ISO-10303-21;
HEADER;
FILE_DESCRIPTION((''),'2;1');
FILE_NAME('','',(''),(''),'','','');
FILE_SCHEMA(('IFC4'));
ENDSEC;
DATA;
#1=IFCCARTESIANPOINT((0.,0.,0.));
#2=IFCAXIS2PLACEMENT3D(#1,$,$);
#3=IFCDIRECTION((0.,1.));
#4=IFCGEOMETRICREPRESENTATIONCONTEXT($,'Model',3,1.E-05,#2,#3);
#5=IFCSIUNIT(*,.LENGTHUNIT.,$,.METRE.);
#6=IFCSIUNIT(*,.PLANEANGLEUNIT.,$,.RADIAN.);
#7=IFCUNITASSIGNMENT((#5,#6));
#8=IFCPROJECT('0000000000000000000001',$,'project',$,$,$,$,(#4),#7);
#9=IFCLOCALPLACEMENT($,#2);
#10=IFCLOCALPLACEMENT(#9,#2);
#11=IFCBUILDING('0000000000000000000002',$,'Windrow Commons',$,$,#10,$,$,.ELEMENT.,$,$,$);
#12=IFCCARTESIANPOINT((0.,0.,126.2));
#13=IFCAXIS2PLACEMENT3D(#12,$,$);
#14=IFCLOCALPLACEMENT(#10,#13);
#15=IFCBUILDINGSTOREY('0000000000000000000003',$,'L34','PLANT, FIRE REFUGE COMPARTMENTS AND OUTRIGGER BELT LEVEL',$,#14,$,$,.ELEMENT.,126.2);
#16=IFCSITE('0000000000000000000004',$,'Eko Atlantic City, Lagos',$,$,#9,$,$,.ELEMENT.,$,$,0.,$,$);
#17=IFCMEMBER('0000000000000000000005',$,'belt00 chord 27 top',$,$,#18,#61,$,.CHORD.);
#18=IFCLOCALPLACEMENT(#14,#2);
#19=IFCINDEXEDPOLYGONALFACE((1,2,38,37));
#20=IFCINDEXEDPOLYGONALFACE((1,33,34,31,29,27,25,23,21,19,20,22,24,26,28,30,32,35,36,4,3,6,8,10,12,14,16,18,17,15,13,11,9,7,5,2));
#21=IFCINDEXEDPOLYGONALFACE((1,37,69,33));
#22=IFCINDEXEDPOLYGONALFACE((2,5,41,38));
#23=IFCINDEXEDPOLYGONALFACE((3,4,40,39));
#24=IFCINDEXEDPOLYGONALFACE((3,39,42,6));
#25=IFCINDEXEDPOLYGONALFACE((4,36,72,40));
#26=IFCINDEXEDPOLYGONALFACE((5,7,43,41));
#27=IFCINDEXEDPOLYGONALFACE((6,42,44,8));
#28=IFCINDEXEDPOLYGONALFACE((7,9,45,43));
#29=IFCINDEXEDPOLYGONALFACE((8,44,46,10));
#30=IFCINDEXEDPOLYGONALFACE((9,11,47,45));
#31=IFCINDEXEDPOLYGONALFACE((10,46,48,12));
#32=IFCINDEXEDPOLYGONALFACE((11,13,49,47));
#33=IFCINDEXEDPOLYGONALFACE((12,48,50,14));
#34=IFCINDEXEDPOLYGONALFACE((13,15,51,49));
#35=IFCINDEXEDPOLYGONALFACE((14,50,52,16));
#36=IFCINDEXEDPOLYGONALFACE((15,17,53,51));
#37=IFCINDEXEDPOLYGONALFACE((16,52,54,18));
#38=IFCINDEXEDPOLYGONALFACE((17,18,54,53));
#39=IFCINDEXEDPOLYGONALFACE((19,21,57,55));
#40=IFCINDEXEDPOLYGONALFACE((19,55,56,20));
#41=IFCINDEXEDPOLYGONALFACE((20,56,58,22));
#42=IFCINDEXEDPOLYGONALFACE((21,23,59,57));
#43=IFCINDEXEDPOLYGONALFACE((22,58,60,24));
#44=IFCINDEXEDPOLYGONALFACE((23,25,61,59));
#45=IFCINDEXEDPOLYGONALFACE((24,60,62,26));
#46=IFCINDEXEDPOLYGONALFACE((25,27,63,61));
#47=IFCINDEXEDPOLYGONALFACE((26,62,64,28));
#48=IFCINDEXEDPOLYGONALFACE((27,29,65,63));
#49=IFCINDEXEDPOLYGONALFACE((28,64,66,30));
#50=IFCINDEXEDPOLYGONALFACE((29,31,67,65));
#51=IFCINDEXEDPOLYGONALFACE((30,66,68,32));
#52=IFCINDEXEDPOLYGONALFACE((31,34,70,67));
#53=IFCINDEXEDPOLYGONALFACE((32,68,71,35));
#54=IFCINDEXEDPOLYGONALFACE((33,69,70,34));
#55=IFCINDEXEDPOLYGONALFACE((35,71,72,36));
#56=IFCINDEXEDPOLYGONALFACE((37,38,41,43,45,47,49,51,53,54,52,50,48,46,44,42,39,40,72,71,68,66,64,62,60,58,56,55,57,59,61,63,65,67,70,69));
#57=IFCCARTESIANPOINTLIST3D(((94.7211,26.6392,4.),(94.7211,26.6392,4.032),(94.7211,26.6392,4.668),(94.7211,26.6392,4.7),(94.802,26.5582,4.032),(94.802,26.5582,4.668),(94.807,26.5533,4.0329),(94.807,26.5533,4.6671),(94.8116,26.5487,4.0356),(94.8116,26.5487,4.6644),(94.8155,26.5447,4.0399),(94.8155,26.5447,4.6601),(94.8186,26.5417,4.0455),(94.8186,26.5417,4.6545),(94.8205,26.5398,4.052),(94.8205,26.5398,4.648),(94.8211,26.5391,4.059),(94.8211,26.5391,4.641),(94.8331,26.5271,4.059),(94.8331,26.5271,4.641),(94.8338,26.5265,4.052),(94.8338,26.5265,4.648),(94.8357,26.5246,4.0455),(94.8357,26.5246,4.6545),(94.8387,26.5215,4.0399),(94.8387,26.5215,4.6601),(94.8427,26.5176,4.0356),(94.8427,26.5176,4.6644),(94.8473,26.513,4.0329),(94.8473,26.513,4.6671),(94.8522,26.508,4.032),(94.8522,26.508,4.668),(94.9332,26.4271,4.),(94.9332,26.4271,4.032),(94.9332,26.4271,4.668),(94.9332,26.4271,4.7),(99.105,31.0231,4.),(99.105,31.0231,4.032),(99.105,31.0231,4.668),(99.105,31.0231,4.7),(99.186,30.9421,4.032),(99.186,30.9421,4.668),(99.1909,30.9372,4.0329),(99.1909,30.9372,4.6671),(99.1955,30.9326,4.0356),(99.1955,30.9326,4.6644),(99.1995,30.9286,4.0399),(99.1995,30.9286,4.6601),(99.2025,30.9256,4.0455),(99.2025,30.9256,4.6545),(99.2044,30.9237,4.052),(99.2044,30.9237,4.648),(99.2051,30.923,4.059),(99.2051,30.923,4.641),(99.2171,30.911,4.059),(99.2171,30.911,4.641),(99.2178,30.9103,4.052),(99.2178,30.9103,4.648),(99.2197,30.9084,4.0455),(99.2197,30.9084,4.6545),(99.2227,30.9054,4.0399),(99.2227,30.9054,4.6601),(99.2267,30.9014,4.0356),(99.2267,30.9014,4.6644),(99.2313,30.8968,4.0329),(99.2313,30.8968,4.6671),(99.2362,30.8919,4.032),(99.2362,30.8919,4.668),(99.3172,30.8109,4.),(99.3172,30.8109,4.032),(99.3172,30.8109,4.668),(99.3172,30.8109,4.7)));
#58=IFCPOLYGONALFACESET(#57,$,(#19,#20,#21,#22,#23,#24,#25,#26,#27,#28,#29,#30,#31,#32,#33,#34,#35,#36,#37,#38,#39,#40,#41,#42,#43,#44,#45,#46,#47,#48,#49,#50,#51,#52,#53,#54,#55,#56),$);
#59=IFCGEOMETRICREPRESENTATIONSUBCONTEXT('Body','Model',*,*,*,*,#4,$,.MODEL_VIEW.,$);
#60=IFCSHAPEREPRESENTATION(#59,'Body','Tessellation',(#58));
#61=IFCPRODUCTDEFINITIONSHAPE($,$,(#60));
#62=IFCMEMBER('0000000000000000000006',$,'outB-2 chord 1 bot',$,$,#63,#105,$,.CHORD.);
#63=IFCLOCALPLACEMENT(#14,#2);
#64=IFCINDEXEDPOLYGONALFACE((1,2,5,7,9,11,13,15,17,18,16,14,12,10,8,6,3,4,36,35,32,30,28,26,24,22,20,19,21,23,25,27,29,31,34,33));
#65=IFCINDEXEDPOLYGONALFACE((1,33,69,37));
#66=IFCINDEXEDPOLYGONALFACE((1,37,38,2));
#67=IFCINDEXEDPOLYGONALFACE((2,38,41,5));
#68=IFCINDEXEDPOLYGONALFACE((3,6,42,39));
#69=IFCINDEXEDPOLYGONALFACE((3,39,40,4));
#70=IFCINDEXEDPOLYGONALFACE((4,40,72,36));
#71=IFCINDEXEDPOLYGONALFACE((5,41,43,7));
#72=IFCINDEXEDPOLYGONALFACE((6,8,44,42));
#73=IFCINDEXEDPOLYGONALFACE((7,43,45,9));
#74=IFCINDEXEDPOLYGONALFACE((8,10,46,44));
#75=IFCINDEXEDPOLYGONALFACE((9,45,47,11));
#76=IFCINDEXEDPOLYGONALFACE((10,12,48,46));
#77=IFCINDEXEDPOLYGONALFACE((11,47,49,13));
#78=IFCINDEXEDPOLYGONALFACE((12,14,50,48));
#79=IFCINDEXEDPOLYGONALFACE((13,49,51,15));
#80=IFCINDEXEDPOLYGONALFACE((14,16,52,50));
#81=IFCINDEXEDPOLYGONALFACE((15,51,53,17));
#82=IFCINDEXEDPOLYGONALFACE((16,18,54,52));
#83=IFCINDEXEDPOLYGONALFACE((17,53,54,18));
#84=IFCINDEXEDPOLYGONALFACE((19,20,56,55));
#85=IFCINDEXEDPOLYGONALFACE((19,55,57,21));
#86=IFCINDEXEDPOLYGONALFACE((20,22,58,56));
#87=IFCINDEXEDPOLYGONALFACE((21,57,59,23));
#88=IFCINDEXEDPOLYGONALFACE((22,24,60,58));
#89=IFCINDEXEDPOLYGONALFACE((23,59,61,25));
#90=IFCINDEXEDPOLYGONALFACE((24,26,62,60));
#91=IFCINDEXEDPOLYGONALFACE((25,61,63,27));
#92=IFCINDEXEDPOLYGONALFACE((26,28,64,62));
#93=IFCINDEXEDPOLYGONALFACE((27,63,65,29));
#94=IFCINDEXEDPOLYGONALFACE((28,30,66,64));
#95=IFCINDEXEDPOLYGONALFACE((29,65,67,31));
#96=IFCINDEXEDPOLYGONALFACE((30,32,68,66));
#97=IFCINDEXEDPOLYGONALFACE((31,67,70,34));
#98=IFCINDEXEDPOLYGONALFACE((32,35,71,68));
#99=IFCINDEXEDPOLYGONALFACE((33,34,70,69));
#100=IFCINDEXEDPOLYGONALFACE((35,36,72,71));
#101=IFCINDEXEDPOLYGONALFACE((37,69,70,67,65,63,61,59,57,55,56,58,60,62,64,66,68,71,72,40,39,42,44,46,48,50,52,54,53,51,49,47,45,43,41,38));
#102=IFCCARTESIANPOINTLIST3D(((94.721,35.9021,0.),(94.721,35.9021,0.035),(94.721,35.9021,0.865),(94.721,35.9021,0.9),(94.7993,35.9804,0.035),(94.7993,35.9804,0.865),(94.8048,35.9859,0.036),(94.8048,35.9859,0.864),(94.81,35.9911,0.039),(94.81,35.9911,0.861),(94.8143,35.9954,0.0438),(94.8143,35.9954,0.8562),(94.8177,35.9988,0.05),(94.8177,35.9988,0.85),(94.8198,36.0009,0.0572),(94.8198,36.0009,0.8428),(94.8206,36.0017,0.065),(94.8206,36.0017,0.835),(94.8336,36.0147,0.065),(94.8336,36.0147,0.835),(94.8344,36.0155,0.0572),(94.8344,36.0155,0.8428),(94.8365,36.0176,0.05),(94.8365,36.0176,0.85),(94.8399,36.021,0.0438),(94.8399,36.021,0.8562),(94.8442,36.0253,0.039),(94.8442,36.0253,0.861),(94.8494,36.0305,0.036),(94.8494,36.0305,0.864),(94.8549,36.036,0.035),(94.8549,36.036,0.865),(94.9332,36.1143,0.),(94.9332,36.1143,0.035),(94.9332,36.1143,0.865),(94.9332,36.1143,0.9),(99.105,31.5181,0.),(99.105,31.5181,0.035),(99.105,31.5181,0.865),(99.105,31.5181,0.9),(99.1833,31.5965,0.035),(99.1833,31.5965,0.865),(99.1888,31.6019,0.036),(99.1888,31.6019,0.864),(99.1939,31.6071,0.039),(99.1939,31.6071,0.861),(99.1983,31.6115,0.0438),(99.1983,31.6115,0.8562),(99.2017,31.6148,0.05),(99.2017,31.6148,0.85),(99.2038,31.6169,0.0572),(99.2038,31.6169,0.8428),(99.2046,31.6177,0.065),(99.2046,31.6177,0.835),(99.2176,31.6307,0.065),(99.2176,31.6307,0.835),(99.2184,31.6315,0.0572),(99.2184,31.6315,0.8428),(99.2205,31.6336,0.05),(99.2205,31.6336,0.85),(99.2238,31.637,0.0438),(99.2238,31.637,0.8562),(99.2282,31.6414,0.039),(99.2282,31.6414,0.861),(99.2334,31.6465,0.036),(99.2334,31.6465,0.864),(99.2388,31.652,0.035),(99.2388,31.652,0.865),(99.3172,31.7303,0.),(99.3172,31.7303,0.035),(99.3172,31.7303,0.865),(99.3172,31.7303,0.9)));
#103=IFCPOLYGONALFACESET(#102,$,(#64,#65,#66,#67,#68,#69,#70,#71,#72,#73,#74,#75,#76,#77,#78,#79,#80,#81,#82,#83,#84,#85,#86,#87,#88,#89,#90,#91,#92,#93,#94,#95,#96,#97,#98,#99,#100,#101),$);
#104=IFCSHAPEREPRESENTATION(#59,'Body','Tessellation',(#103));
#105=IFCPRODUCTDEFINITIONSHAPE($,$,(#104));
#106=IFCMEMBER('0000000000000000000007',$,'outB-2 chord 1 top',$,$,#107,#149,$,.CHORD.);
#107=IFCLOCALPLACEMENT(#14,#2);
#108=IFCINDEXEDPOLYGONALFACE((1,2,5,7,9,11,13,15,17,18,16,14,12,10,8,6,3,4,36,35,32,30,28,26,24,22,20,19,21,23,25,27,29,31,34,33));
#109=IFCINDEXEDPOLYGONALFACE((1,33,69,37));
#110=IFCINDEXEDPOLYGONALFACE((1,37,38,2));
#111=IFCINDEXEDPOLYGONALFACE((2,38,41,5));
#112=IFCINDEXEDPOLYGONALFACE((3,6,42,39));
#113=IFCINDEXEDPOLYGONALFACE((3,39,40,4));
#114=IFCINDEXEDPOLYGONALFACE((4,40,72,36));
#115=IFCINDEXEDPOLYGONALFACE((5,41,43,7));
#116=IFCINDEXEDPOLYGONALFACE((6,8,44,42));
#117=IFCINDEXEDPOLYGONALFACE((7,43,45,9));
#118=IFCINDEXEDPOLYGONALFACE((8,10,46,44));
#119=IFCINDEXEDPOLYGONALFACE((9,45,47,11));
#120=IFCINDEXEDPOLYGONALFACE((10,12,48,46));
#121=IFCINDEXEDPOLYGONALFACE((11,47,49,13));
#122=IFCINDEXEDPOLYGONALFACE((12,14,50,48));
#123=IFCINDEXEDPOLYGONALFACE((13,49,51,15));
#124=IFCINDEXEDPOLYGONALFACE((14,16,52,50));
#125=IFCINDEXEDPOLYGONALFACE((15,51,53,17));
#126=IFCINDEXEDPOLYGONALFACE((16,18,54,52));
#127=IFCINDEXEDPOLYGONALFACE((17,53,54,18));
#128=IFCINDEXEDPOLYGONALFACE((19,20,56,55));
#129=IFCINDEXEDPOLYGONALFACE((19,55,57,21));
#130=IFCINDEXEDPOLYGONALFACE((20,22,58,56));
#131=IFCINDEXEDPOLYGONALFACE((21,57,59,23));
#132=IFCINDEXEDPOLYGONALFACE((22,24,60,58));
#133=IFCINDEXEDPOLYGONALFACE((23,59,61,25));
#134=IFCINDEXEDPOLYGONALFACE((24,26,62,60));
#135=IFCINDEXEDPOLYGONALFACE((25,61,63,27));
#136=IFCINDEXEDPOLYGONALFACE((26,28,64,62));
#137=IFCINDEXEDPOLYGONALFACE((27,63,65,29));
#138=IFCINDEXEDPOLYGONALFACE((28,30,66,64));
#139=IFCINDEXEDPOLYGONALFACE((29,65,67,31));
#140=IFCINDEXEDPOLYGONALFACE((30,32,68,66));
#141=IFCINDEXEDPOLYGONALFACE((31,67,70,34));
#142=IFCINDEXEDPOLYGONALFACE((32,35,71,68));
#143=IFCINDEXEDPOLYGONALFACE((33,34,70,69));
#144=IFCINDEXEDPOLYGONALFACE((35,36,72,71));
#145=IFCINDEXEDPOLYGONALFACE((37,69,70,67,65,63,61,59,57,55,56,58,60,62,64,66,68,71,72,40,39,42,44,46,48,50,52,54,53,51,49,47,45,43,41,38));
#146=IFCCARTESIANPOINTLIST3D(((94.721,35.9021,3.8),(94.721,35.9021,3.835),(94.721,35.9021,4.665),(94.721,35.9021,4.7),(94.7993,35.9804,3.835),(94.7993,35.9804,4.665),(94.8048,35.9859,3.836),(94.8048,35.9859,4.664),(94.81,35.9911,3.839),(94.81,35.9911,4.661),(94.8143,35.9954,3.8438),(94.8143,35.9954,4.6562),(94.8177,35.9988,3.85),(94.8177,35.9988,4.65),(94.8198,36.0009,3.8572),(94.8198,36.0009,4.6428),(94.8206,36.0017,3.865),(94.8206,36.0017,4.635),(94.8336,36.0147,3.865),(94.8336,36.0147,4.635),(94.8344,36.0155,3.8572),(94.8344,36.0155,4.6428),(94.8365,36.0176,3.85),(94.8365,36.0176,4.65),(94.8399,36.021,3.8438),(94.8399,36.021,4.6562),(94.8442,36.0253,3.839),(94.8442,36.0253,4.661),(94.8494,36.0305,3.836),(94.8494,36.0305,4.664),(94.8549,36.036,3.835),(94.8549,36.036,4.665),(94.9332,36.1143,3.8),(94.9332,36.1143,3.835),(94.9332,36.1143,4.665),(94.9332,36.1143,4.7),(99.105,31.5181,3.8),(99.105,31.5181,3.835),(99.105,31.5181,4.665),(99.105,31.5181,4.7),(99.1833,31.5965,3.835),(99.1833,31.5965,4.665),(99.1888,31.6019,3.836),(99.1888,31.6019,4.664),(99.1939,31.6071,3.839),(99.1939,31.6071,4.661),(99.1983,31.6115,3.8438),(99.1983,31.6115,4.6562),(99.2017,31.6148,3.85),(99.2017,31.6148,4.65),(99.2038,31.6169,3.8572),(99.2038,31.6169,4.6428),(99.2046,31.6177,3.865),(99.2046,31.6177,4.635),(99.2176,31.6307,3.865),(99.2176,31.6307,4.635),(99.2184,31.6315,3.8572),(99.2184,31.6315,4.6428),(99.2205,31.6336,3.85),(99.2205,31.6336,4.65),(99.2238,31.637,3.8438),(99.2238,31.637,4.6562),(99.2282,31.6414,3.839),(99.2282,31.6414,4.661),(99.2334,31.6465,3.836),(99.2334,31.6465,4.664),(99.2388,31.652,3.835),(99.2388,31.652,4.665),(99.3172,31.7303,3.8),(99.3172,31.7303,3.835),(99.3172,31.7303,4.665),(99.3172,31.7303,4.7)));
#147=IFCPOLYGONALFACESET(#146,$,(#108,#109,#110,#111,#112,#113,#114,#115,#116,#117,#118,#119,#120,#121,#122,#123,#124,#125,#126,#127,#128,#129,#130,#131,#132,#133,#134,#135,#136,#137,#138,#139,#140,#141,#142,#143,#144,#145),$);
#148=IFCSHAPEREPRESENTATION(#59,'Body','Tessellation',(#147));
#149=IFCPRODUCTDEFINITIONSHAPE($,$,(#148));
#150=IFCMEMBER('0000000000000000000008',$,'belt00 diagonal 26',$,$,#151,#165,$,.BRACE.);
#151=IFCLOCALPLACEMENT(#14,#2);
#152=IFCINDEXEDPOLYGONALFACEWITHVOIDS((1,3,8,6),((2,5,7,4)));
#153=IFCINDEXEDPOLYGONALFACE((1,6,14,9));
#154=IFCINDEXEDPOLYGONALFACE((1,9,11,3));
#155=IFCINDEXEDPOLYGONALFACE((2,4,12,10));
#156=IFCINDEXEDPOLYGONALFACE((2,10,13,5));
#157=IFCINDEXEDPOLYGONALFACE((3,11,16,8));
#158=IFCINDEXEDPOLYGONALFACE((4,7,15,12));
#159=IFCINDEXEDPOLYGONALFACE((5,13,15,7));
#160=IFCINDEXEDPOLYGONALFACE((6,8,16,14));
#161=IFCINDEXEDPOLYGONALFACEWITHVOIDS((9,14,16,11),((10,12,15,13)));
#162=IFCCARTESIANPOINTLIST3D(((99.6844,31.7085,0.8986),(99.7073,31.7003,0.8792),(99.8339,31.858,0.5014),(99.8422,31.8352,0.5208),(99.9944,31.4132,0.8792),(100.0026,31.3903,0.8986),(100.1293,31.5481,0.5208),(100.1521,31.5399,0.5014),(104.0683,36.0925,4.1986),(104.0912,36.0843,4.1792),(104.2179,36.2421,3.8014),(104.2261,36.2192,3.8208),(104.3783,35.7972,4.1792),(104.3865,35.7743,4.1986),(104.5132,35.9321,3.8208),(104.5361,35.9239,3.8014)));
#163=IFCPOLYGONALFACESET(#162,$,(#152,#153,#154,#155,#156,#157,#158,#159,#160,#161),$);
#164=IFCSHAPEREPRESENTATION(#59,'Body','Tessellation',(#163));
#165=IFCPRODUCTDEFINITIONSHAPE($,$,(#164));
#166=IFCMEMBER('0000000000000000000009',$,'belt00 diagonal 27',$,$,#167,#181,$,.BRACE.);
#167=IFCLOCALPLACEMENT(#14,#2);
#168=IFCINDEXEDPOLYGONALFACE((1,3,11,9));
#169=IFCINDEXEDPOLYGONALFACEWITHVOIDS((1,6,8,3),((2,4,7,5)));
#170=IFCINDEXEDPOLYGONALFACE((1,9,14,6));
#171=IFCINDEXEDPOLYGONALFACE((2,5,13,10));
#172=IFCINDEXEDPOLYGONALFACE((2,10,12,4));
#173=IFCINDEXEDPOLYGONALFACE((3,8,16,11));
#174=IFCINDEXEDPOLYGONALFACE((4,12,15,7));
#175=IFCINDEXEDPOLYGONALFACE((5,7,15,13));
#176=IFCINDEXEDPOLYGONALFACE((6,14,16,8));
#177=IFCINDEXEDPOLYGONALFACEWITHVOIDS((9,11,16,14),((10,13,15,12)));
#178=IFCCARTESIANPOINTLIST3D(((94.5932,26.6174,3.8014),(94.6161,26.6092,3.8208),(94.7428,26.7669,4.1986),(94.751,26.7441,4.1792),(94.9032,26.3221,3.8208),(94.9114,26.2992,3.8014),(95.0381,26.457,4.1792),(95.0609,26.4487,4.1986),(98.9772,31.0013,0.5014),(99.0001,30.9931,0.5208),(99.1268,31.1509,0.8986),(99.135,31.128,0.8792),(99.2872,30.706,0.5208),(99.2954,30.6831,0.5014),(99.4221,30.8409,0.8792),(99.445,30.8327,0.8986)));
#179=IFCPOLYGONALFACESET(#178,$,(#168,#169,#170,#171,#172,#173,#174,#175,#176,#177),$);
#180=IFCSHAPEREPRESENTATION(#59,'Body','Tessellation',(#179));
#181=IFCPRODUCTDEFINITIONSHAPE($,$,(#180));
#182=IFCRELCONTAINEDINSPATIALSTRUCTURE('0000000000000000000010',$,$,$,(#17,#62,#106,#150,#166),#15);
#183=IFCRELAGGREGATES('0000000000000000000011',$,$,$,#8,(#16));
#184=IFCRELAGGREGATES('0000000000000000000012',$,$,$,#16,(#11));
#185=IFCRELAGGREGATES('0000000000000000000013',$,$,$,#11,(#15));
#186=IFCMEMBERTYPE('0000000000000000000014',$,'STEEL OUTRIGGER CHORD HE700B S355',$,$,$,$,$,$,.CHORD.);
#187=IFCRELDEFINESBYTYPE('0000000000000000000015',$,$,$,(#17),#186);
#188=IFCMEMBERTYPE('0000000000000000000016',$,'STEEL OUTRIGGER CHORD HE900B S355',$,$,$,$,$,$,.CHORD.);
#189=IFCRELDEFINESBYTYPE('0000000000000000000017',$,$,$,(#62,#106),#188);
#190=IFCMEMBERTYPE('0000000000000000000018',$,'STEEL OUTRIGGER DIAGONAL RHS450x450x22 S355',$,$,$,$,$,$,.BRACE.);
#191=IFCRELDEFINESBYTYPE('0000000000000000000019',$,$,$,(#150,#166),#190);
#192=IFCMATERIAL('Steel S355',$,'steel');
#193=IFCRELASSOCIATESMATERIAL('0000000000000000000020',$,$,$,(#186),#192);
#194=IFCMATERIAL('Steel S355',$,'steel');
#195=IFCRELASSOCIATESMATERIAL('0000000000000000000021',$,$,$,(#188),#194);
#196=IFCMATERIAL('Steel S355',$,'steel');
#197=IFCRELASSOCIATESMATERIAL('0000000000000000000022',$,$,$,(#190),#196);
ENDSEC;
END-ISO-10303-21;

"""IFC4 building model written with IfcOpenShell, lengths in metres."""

from ifc_helpers import new_model, si_unit, direction, frame, origin, origin_2d, place, context, subcontext, project, spatial, hollow_rectangle, i_section, extrude, material, material_profile, profile_set, type_object, element, save


model = new_model("IFC4")

# Units and contexts
model_context = context("Model", 3, precision=1e-05, world=origin(), true_north=direction((0.0, 1.0)))
body_context = subcontext(model_context, "Body", "Model", "MODEL_VIEW")
ifc_project = project(units=[si_unit("LENGTHUNIT", "METRE"), si_unit("PLANEANGLEUNIT", "RADIAN")], contexts=[model_context])

# Site, building, storey
site_placement = place(None, origin())
site = spatial("IfcSite", under=ifc_project, at=site_placement, Name="Eko Atlantic City, Lagos", CompositionType="ELEMENT", RefElevation=0.0)
building_placement = place(site_placement, origin())
building = spatial("IfcBuilding", under=site, at=building_placement, Name="Windrow Commons", CompositionType="ELEMENT")
storey_placement = place(building_placement, frame((0.0, 0.0, 126.2)))
storey = spatial("IfcBuildingStorey", under=building, at=storey_placement, Name="L34", Description="PLANT, FIRE REFUGE COMPARTMENTS AND OUTRIGGER BELT LEVEL", CompositionType="ELEMENT", Elevation=126.2)

# Members
ifc_material_1 = material(Name="Steel S355", Category="steel")
ifc_material_profile_1 = material_profile(ifc_material_1, i_section(OverallWidth=0.3, OverallDepth=0.7, WebThickness=0.017, FlangeThickness=0.032, FilletRadius=0.027, at=origin_2d()))
ifc_profile_set_1 = profile_set([ifc_material_profile_1], Name="Steel S355")
member_type_1 = type_object("IfcMemberType", Name="STEEL OUTRIGGER CHORD HE700B S355", PredefinedType="CHORD", material=ifc_profile_set_1)
for number, where, z_axis, x_axis, name in (
    (1, (99.2111, 30.917, 4.35), (-0.707115, -0.707099, 0.0), (0.707099, -0.707115, 0.0), "belt00 chord 27 top"),
):
    element("IfcMember", number, at=place(storey_placement, frame(where, z_axis=z_axis, x_axis=x_axis)), inside=storey, type_object=member_type_1, Name=name, PredefinedType="CHORD", context=body_context, shape_type="SweptSolid", body=[
        extrude(i_section(OverallWidth=0.3, OverallDepth=0.7, WebThickness=0.017, FlangeThickness=0.032, FilletRadius=0.027, at=origin_2d()), origin(), (0.0, 0.0, 1.0), 6.1998),
    ])
ifc_material_2 = material(Name="Steel S355", Category="steel")
ifc_material_profile_2 = material_profile(ifc_material_2, i_section(OverallWidth=0.3, OverallDepth=0.9, WebThickness=0.0185, FlangeThickness=0.035, FilletRadius=0.03, at=origin_2d()))
ifc_profile_set_2 = profile_set([ifc_material_profile_2], Name="Steel S355")
member_type_2 = type_object("IfcMemberType", Name="STEEL OUTRIGGER CHORD HE900B S355", PredefinedType="CHORD", material=ifc_profile_set_2)
for number, where, z_axis, x_axis, name in (
    (2, (94.8271, 36.0082, 0.45), (0.707107, -0.707107, 0.0), (0.707107, 0.707107, 0.0), "outB-2 chord 1 bot"),
    (3, (94.8271, 36.0082, 4.25), (0.707107, -0.707107, 0.0), (0.707107, 0.707107, 0.0), "outB-2 chord 1 top"),
):
    element("IfcMember", number, at=place(storey_placement, frame(where, z_axis=z_axis, x_axis=x_axis)), inside=storey, type_object=member_type_2, Name=name, PredefinedType="CHORD", context=body_context, shape_type="SweptSolid", body=[
        extrude(i_section(OverallWidth=0.3, OverallDepth=0.9, WebThickness=0.0185, FlangeThickness=0.035, FilletRadius=0.03, at=origin_2d()), origin(), (0.0, 0.0, 1.0), 6.1999),
    ])
ifc_material_3 = material(Name="Steel S355", Category="steel")
ifc_material_profile_3 = material_profile(ifc_material_3, hollow_rectangle(XDim=0.45, YDim=0.45, WallThickness=0.022, at=origin_2d()))
ifc_profile_set_3 = profile_set([ifc_material_profile_3], Name="Steel S355")
member_type_3 = type_object("IfcMemberType", Name="STEEL OUTRIGGER DIAGONAL RHS450x450x22 S355", PredefinedType="BRACE", material=ifc_profile_set_3)
for number, where, z_axis, x_axis, name in (
    (4, (104.3022, 36.0082, 4.0), (-0.624186, -0.6242, -0.469858), (0.707115, -0.707099, 0.0), "belt00 diagonal 26"),
    (5, (99.2111, 30.917, 0.7), (-0.6242, -0.624186, 0.469858), (0.707099, -0.707115, 0.0), "belt00 diagonal 27"),
):
    element("IfcMember", number, at=place(storey_placement, frame(where, z_axis=z_axis, x_axis=x_axis)), inside=storey, type_object=member_type_3, Name=name, PredefinedType="BRACE", context=body_context, shape_type="SweptSolid", body=[
        extrude(hollow_rectangle(XDim=0.45, YDim=0.45, WallThickness=0.022, at=origin_2d()), origin(), (0.0, 0.0, 1.0), 7.0234),
    ])

save(model, "model.ifc")
